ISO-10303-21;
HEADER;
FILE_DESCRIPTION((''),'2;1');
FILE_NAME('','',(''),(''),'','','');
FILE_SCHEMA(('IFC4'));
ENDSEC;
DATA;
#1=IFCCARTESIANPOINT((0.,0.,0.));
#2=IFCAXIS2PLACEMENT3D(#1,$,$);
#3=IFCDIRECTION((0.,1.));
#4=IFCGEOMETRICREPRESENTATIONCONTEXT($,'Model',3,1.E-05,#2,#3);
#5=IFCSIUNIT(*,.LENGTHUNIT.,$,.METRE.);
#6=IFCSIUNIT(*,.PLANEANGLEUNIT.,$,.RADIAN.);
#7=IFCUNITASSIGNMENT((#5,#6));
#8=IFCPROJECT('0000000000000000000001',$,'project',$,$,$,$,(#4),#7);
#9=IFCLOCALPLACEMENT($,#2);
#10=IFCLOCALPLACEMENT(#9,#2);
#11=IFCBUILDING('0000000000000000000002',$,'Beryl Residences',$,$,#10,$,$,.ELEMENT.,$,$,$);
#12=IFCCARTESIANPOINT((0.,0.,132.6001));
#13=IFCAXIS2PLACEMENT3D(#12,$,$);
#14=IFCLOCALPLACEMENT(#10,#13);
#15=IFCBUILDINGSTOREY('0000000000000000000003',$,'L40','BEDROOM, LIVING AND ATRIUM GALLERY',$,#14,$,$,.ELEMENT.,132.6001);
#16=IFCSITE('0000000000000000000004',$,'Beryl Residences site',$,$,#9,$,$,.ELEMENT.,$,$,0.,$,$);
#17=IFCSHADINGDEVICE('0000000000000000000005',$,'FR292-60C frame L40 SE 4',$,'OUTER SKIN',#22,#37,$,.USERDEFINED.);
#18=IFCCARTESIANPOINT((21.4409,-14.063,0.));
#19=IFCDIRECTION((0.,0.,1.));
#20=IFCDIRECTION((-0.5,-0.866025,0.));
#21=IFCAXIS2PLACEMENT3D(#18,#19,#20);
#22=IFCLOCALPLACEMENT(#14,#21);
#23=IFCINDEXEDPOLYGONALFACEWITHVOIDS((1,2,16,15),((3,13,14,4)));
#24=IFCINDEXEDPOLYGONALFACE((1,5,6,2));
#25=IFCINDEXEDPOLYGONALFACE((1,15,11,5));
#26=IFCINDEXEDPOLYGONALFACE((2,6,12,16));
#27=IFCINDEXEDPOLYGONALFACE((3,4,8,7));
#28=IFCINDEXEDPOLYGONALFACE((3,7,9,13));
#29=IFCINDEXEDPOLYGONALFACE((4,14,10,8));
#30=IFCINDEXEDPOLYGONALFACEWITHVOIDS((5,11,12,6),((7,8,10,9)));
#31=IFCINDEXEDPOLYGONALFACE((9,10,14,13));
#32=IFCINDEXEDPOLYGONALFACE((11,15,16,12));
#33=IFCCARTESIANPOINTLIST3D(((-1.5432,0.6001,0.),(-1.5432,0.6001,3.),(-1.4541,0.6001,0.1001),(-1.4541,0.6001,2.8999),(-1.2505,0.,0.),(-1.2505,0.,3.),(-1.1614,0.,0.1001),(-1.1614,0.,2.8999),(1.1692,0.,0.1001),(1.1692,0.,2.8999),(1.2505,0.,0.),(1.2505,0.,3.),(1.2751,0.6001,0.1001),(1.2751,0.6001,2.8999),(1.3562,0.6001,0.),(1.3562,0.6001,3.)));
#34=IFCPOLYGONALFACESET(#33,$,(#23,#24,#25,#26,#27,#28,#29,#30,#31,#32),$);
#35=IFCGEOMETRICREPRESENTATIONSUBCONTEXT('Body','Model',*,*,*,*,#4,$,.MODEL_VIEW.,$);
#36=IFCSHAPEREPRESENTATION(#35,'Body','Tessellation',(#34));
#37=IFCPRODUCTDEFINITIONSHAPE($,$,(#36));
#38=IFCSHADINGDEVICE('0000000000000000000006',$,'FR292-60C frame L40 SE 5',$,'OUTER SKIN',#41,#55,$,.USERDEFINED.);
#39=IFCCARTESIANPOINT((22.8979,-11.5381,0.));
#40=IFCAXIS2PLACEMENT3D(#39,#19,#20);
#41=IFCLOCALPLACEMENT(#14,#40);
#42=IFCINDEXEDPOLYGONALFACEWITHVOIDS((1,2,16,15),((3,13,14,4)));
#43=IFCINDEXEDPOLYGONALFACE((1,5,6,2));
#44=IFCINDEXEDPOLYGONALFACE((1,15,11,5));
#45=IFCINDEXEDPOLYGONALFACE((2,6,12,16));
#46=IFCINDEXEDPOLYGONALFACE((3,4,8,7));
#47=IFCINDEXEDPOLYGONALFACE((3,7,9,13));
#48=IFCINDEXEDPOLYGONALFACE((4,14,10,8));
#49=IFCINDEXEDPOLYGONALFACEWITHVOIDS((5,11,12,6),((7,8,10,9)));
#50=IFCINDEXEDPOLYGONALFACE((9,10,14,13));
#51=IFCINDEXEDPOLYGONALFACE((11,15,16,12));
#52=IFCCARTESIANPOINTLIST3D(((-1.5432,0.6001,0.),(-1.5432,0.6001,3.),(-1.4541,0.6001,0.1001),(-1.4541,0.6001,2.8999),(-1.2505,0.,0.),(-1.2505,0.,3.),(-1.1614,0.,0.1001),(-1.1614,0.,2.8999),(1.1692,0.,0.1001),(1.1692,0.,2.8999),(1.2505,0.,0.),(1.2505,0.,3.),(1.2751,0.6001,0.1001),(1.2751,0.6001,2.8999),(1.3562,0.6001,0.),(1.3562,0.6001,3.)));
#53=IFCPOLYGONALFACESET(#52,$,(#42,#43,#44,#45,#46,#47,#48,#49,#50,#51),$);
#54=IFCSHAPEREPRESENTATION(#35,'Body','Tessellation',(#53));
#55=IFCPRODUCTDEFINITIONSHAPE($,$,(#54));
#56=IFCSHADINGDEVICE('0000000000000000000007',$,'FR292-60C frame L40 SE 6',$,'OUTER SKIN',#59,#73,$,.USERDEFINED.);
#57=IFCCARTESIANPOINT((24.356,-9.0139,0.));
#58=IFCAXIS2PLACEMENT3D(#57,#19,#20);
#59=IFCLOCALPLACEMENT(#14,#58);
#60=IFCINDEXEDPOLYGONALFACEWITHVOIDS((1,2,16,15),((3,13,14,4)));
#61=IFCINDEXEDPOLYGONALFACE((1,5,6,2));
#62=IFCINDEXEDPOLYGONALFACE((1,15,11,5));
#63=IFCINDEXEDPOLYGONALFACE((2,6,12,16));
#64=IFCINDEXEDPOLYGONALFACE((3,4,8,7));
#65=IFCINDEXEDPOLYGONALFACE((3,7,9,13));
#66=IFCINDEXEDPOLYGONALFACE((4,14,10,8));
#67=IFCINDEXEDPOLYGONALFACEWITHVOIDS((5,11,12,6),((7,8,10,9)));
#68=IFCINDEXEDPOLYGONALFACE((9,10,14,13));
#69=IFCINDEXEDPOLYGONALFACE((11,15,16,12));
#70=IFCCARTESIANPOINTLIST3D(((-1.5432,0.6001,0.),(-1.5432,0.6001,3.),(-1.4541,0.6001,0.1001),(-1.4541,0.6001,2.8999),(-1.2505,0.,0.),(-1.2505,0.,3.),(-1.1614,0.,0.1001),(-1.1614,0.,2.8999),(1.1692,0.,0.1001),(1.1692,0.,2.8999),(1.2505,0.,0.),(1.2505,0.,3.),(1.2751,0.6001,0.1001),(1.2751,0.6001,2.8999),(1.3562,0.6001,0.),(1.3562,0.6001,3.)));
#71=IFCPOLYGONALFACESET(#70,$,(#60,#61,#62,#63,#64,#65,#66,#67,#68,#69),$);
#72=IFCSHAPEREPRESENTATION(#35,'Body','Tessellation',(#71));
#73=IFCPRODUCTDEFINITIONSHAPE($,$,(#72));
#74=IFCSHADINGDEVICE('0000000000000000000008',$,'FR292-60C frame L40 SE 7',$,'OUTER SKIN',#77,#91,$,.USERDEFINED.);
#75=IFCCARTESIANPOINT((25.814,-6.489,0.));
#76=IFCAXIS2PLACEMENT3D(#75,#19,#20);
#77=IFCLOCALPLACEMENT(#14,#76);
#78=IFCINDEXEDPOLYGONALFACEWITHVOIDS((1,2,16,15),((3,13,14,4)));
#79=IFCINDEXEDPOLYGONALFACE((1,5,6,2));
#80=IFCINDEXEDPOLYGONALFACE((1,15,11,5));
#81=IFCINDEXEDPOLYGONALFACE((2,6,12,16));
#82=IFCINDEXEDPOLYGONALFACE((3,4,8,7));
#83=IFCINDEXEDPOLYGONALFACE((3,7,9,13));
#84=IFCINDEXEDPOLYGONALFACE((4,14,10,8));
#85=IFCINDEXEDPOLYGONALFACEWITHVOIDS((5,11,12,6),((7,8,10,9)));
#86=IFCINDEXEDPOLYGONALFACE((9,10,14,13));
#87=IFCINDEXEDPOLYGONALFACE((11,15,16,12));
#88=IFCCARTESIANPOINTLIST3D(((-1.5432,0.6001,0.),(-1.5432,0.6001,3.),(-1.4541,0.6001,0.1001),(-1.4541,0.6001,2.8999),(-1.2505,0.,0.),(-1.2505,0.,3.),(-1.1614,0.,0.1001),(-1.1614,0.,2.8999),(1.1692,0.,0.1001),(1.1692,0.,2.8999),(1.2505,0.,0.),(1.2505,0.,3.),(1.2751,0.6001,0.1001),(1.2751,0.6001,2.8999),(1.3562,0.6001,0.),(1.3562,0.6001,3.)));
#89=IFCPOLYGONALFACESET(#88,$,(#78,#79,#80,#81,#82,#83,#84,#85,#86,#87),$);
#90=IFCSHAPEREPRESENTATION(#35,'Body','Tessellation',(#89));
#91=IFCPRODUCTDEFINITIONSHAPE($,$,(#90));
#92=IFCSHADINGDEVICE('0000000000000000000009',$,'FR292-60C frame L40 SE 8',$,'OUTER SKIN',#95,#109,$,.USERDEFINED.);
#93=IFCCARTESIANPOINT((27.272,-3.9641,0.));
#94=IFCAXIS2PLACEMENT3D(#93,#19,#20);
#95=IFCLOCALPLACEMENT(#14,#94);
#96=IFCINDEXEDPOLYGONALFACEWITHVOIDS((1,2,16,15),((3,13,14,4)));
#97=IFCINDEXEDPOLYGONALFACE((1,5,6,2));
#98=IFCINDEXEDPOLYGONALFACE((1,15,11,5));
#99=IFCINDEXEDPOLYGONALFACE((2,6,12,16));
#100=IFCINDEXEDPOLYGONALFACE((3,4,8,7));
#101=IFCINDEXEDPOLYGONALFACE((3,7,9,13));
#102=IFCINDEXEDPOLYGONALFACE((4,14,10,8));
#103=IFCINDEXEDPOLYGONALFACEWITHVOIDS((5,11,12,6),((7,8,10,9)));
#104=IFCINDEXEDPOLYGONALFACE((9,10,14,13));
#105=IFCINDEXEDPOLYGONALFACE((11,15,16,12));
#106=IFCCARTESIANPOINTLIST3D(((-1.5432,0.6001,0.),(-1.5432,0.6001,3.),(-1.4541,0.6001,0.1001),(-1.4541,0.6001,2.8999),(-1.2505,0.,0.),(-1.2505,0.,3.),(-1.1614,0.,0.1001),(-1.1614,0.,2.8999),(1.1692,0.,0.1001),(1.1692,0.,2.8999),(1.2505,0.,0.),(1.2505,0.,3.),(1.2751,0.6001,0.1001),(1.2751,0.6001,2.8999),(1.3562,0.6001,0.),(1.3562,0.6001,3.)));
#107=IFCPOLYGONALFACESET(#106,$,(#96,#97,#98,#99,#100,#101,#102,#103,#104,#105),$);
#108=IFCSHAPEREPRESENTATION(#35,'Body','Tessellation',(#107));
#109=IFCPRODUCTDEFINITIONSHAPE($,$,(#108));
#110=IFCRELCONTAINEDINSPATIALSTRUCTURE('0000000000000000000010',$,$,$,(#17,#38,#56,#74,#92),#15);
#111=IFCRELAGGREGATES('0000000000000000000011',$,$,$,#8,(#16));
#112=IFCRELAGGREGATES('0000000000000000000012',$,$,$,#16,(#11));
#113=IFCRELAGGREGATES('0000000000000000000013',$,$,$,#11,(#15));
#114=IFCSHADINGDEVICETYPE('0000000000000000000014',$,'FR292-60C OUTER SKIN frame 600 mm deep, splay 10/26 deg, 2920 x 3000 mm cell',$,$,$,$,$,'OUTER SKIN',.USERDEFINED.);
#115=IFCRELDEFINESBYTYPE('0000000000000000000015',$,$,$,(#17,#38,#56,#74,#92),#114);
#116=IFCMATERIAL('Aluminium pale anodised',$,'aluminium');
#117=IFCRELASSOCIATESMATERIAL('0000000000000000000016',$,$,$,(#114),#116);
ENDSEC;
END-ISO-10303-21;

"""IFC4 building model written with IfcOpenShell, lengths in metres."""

from ifc_helpers import new_model, entity, si_unit, direction, frame, origin, place, context, subcontext, project, spatial, source, transform, mapped, material, type_object, type_shapes, element, save


model = new_model("IFC4")

# Units and contexts
model_context = context("Model", 3, precision=1e-05, world=origin(), true_north=direction((0.0, 1.0)))
body_context = subcontext(model_context, "Body", "Model", "MODEL_VIEW")
ifc_project = project(units=[si_unit("LENGTHUNIT", "METRE"), si_unit("PLANEANGLEUNIT", "RADIAN")], contexts=[model_context])

# Site, building, storey
site_placement = place(None, origin())
site = spatial("IfcSite", under=ifc_project, at=site_placement, Name="Beryl Residences site", CompositionType="ELEMENT", RefElevation=0.0)
building_placement = place(site_placement, origin())
building = spatial("IfcBuilding", under=site, at=building_placement, Name="Beryl Residences", CompositionType="ELEMENT")
storey_placement = place(building_placement, frame((0.0, 0.0, 132.6001)))
storey = spatial("IfcBuildingStorey", under=building, at=storey_placement, Name="L40", Description="BEDROOM, LIVING AND ATRIUM GALLERY", CompositionType="ELEMENT", Elevation=132.6001)

# Shading devices
ifc_material_1 = material(Name="Aluminium pale anodised", Category="aluminium")
shading_device_type = type_object("IfcShadingDeviceType", Name="FR292-60C OUTER SKIN frame 600 mm deep, splay 10/26 deg, 2920 x 3000 mm cell", ElementType="OUTER SKIN", PredefinedType="USERDEFINED", material=ifc_material_1)
cartesian_point_1 = entity("IfcCartesianPoint", [-1.2505, 0.0])
cartesian_point_2 = entity("IfcCartesianPoint", [-1.1692, 0.1001])
cartesian_point_3 = entity("IfcCartesianPoint", [-1.3562, 0.0])
cartesian_point_4 = entity("IfcCartesianPoint", [-1.2751, 0.1001])
shared_shape_1 = source(origin(), body_context, "Body", "SweptSolid", [
    entity("IfcExtrudedAreaSolidTapered", entity("IfcArbitraryProfileDefWithVoids", "AREA", None, entity("IfcPolyline", [cartesian_point_1, entity("IfcCartesianPoint", [1.2505, 0.0]), entity("IfcCartesianPoint", [1.2505, 3.0]), entity("IfcCartesianPoint", [-1.2505, 3.0]), cartesian_point_1]), [entity("IfcPolyline", [cartesian_point_2, entity("IfcCartesianPoint", [1.1614, 0.1001]), entity("IfcCartesianPoint", [1.1614, 2.8999]), entity("IfcCartesianPoint", [-1.1692, 2.8999]), cartesian_point_2])]), entity("IfcAxis2Placement3D", entity("IfcCartesianPoint", [0.0, 0.0, 0.0]), entity("IfcDirection", [0.0, 1.0, 0.0]), entity("IfcDirection", [-1.0, 0.0, 0.0])), entity("IfcDirection", [0.0, 0.0, 1.0]), 0.6001, entity("IfcArbitraryProfileDefWithVoids", "AREA", None, entity("IfcPolyline", [cartesian_point_3, entity("IfcCartesianPoint", [1.5432, 0.0]), entity("IfcCartesianPoint", [1.5432, 3.0]), entity("IfcCartesianPoint", [-1.3562, 3.0]), cartesian_point_3]), [entity("IfcPolyline", [cartesian_point_4, entity("IfcCartesianPoint", [1.4541, 0.1001]), entity("IfcCartesianPoint", [1.4541, 2.8999]), entity("IfcCartesianPoint", [-1.2751, 2.8999]), cartesian_point_4])])),
])
type_shapes(shading_device_type, [shared_shape_1])
for number, where, z_axis, x_axis, name in (
    (1, (21.4409, -14.063, 0.0), (0.0, 0.0, 1.0), (-0.5, -0.866025, 0.0), "FR292-60C frame L40 SE 4"),
    (2, (22.8979, -11.5381, 0.0), (0.0, 0.0, 1.0), (-0.5, -0.866025, 0.0), "FR292-60C frame L40 SE 5"),
    (3, (24.356, -9.0139, 0.0), (0.0, 0.0, 1.0), (-0.5, -0.866025, 0.0), "FR292-60C frame L40 SE 6"),
    (4, (25.814, -6.489, 0.0), (0.0, 0.0, 1.0), (-0.5, -0.866025, 0.0), "FR292-60C frame L40 SE 7"),
    (5, (27.272, -3.9641, 0.0), (0.0, 0.0, 1.0), (-0.5, -0.866025, 0.0), "FR292-60C frame L40 SE 8"),
):
    element("IfcShadingDevice", number, at=place(storey_placement, frame(where, z_axis=z_axis, x_axis=x_axis)), inside=storey, type_object=shading_device_type, Name=name, ObjectType="OUTER SKIN", PredefinedType="USERDEFINED", context=body_context, shape_type="MappedRepresentation", body=[
        mapped(shared_shape_1, transform((0.0, 0.0, 0.0))),
    ])

save(model, "model.ifc")
